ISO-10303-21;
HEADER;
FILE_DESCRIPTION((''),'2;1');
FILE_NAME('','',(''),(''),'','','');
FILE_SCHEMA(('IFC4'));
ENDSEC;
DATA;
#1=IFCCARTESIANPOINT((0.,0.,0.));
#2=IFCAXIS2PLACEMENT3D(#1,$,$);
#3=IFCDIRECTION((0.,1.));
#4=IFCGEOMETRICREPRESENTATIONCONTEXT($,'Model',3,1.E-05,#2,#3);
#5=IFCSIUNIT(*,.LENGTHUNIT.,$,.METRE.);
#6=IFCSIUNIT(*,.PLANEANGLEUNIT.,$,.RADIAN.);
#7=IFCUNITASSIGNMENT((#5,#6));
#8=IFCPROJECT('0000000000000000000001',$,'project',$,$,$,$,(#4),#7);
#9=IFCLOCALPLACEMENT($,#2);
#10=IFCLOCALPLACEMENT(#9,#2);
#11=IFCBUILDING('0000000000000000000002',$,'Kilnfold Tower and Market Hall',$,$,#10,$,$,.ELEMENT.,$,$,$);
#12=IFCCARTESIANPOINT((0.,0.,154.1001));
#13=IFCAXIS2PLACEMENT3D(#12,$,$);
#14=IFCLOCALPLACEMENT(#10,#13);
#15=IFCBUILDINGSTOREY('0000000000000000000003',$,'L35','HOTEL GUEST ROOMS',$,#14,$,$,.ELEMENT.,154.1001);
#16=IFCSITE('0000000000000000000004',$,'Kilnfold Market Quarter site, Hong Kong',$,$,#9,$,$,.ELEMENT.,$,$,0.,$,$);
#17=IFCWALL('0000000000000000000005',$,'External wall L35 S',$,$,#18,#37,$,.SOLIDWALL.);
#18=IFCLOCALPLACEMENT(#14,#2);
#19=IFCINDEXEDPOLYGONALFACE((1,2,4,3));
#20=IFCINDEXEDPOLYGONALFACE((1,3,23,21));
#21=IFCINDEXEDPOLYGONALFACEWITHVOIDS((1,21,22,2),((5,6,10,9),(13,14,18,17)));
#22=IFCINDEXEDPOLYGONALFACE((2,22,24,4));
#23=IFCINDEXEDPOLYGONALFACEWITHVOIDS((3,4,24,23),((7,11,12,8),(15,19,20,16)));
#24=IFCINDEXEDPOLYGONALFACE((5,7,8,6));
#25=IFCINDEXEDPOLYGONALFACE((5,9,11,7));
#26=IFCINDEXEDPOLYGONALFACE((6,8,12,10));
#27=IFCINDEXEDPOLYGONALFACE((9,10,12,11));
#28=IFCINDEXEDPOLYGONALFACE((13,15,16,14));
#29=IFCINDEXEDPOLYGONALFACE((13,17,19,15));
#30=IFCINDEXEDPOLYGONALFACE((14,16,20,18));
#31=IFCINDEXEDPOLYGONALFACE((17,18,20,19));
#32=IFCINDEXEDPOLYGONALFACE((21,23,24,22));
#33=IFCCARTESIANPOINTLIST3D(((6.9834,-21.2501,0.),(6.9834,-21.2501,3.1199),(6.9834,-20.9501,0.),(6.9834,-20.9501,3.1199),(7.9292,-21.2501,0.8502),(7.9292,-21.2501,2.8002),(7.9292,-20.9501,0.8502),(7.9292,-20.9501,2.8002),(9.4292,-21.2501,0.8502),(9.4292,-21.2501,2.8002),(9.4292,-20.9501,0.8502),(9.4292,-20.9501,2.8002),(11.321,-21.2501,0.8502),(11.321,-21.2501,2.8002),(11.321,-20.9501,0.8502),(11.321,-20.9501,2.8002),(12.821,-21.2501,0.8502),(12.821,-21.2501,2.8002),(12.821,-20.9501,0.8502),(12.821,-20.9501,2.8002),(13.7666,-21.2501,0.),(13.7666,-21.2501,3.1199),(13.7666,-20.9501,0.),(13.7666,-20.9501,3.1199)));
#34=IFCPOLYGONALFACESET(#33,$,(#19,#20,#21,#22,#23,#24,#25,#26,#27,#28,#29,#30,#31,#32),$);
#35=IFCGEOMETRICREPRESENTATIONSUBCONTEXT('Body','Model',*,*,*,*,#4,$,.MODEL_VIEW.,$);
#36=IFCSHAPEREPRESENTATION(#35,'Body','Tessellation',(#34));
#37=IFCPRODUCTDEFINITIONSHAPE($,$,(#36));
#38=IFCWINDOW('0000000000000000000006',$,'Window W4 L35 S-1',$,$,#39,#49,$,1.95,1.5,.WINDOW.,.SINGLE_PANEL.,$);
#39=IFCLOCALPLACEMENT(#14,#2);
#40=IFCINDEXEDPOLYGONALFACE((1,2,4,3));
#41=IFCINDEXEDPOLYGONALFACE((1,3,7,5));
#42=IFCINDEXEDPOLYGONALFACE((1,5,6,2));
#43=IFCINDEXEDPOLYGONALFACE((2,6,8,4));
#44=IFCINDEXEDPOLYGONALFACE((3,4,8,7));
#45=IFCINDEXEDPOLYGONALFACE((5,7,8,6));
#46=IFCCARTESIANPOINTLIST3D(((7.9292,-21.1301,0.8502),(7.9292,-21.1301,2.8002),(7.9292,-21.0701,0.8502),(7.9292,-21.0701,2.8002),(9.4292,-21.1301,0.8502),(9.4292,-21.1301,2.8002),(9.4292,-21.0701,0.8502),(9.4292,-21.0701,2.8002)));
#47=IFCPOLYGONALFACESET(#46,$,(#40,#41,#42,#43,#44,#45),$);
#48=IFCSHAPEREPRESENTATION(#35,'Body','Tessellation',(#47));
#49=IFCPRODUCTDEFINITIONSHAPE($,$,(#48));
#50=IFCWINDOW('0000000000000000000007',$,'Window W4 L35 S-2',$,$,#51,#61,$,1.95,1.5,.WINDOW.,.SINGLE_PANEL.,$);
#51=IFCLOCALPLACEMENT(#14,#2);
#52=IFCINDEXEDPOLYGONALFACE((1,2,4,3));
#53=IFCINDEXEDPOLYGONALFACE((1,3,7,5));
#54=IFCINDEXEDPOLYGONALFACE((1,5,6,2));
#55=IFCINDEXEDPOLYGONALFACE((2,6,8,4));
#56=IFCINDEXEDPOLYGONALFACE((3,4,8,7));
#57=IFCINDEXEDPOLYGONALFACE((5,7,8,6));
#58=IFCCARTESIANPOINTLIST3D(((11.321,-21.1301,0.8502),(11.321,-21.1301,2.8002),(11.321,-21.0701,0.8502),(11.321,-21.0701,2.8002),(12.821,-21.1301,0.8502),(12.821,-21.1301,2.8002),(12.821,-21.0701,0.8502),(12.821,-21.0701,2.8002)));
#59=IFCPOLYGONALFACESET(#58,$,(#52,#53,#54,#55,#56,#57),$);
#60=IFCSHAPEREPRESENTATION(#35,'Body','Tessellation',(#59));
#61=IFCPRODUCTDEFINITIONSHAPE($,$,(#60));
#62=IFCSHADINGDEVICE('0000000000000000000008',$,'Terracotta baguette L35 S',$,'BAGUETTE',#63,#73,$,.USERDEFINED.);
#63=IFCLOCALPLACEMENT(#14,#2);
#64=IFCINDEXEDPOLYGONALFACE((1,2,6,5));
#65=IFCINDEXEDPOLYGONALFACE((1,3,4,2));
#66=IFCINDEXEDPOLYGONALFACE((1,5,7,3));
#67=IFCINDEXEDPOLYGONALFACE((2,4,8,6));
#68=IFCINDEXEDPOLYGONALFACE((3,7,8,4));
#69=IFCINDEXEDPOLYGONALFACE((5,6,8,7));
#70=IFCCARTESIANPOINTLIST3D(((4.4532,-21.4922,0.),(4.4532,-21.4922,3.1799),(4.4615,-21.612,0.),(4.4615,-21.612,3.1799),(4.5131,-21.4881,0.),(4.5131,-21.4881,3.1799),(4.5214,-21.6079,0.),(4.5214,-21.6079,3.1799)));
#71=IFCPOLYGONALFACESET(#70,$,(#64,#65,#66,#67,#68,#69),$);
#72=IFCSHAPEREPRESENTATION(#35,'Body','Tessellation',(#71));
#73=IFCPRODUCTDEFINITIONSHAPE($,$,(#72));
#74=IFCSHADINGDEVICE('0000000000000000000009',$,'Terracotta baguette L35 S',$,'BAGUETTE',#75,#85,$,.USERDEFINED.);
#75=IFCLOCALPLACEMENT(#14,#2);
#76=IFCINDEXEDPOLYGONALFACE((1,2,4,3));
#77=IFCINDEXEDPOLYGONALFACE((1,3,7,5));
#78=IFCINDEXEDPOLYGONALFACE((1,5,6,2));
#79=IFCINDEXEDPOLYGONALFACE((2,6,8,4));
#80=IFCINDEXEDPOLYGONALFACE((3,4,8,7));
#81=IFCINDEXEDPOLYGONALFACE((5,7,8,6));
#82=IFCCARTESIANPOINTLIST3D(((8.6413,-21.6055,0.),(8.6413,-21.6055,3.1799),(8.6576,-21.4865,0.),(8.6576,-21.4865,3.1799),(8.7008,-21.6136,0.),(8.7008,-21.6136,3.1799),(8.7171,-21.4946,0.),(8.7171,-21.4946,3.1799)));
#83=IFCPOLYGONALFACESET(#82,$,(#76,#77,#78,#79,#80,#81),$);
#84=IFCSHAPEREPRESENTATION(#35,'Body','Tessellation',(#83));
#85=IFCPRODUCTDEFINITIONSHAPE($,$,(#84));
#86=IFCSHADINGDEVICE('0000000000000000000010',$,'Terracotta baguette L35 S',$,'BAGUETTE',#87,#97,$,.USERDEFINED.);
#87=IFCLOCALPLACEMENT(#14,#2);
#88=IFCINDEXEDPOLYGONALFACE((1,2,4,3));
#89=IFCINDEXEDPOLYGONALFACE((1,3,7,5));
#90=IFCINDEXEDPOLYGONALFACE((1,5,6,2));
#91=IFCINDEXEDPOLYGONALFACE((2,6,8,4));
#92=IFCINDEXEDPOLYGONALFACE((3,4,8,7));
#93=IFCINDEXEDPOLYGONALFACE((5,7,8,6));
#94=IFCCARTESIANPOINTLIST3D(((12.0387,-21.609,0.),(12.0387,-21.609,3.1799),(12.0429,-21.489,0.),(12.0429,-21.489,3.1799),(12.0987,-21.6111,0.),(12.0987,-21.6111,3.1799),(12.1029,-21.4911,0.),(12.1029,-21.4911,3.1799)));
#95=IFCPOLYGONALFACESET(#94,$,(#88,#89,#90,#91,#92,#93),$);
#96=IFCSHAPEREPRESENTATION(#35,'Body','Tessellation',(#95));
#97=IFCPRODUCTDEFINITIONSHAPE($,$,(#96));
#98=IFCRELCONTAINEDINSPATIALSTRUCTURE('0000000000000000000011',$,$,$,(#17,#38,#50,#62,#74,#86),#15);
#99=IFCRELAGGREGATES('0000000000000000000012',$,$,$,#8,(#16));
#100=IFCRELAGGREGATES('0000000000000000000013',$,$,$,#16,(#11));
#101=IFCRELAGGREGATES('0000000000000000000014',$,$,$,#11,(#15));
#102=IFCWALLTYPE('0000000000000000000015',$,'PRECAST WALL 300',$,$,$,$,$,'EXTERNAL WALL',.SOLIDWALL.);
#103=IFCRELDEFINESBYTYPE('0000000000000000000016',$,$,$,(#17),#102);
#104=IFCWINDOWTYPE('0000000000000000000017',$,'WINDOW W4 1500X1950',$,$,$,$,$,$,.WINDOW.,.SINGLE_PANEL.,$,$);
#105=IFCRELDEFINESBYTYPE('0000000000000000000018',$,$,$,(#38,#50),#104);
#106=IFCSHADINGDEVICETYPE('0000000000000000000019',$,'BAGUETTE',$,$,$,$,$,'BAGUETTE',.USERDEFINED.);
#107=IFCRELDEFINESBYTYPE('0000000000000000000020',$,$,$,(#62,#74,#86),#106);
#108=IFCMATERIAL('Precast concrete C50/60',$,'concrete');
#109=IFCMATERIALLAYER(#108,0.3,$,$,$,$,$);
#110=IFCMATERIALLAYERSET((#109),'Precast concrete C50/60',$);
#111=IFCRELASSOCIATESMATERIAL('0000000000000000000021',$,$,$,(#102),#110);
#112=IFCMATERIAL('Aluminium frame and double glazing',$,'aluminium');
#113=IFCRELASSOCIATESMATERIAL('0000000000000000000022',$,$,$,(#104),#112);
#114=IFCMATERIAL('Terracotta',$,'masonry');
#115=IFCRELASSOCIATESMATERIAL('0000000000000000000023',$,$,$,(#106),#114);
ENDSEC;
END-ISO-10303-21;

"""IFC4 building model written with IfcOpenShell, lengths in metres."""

from ifc_helpers import new_model, si_unit, direction, frame, frame_2d, origin, origin_2d, place, context, subcontext, project, spatial, rectangle, extrude, source, transform, mapped, material, layer, layer_set, material_profile, profile_set, type_object, element, fill, save


model = new_model("IFC4")

# Units and contexts
model_context = context("Model", 3, precision=1e-05, world=origin(), true_north=direction((0.0, 1.0)))
body_context = subcontext(model_context, "Body", "Model", "MODEL_VIEW")
ifc_project = project(units=[si_unit("LENGTHUNIT", "METRE"), si_unit("PLANEANGLEUNIT", "RADIAN")], contexts=[model_context])

# Site, building, storey
site_placement = place(None, origin())
site = spatial("IfcSite", under=ifc_project, at=site_placement, Name="Kilnfold Market Quarter site, Hong Kong", CompositionType="ELEMENT", RefElevation=0.0)
building_placement = place(site_placement, origin())
building = spatial("IfcBuilding", under=site, at=building_placement, Name="Kilnfold Tower and Market Hall", CompositionType="ELEMENT")
storey_placement = place(building_placement, frame((0.0, 0.0, 154.1001)))
storey = spatial("IfcBuildingStorey", under=building, at=storey_placement, Name="L35", Description="HOTEL GUEST ROOMS", CompositionType="ELEMENT", Elevation=154.1001)

# Wall, openings, windows
ifc_material_1 = material(Name="Precast concrete C50/60", Category="concrete")
ifc_layer_1 = layer(ifc_material_1, 0.3)
ifc_layer_set_1 = layer_set([ifc_layer_1], Name="Precast concrete C50/60")
wall_type_1 = type_object("IfcWallType", Name="PRECAST WALL 300", ElementType="EXTERNAL WALL", PredefinedType="SOLIDWALL", material=ifc_layer_set_1)
ifc_material_2 = material(Name="Aluminium frame and double glazing", Category="aluminium")
window_type = type_object("IfcWindowType", Name="WINDOW W4 1500X1950", PartitioningType="SINGLE_PANEL", PredefinedType="WINDOW", material=ifc_material_2)
shared_shape_1 = source(origin(), body_context, "Body", "SweptSolid", [
    extrude(rectangle(XDim=6.7832, YDim=0.3, at=frame_2d((3.3916, 0.0))), origin(), (0.0, 0.0, 1.0), 3.1199),
])
wall_1_placement = place(storey_placement, frame((6.9834, -21.1001, 0.0), z_axis=(0.0, 0.0, 1.0), x_axis=(1.0, 0.0, 0.0)))
wall_1 = element("IfcWall", 1, at=wall_1_placement, inside=storey, type_object=wall_type_1, Name="External wall L35 S", PredefinedType="SOLIDWALL", context=body_context, shape_type="MappedRepresentation", body=[
    mapped(shared_shape_1, transform((0.0, 0.0, 0.0))),
])
opening_1_placement = place(wall_1_placement, frame((0.9458, 0.0, 0.8501)))
opening_1 = element("IfcOpeningElement", 2, at=opening_1_placement, cuts=wall_1, PredefinedType="OPENING", context=body_context, shape_type="SweptSolid", body=[
    extrude(rectangle(XDim=1.5, YDim=1.95, at=frame_2d((0.75, 0.9751))), frame((0.0, 0.1602, 0.0), z_axis=(0.0, -1.0, 0.0), x_axis=(1.0, 0.0, 0.0)), (0.0, 0.0, 1.0), 0.3201),
])
opening_2_placement = place(wall_1_placement, frame((4.3376, 0.0, 0.8501)))
opening_2 = element("IfcOpeningElement", 3, at=opening_2_placement, cuts=wall_1, PredefinedType="OPENING", context=body_context, shape_type="SweptSolid", body=[
    extrude(rectangle(XDim=1.5, YDim=1.95, at=frame_2d((0.75, 0.9751))), frame((0.0, 0.1602, 0.0), z_axis=(0.0, -1.0, 0.0), x_axis=(1.0, 0.0, 0.0)), (0.0, 0.0, 1.0), 0.3201),
])
window_1_placement = place(opening_1_placement, origin())
window_1 = element("IfcWindow", 4, at=window_1_placement, inside=storey, type_object=window_type, Name="Window W4 L35 S-1", OverallHeight=1.95, OverallWidth=1.5, PartitioningType="SINGLE_PANEL", PredefinedType="WINDOW", context=body_context, shape_type="SweptSolid", body=[
    extrude(rectangle(XDim=1.5, YDim=1.95, at=frame_2d((0.75, 0.9751))), frame((0.0, 0.03, 0.0), z_axis=(0.0, -1.0, 0.0), x_axis=(1.0, 0.0, 0.0)), (0.0, 0.0, 1.0), 0.0601),
])
fill(opening_1, window_1)
window_2_placement = place(opening_2_placement, origin())
window_2 = element("IfcWindow", 5, at=window_2_placement, inside=storey, type_object=window_type, Name="Window W4 L35 S-2", OverallHeight=1.95, OverallWidth=1.5, PartitioningType="SINGLE_PANEL", PredefinedType="WINDOW", context=body_context, shape_type="SweptSolid", body=[
    extrude(rectangle(XDim=1.5, YDim=1.95, at=frame_2d((0.75, 0.9751))), frame((0.0, 0.03, 0.0), z_axis=(0.0, -1.0, 0.0), x_axis=(1.0, 0.0, 0.0)), (0.0, 0.0, 1.0), 0.0601),
])
fill(opening_2, window_2)

# Shading devices
ifc_material_3 = material(Name="Terracotta", Category="masonry")
ifc_material_profile_1 = material_profile(ifc_material_3, rectangle(XDim=0.0601, YDim=0.1201, at=origin_2d()), Name="BAG 60x120")
ifc_profile_set_1 = profile_set([ifc_material_profile_1], Name="Terracotta")
shading_device_type = type_object("IfcShadingDeviceType", Name="BAGUETTE", ElementType="BAGUETTE", PredefinedType="USERDEFINED", material=ifc_profile_set_1)
shared_shape_2 = source(origin(), body_context, "Body", "SweptSolid", [
    extrude(rectangle(XDim=0.0601, YDim=0.1201, at=origin_2d()), origin(), (0.0, 0.0, 1.0), 3.1799),
])
for number, where, z_axis, x_axis, name in (
    (6, (4.4873, -21.55, 0.0), (0.0, 0.0, 1.0), (0.997632, 0.068773, 0.0), "Terracotta baguette L35 S"),
    (7, (8.6792, -21.55, 0.0), (0.0, 0.0, 1.0), (0.990671, -0.136276, 0.0), "Terracotta baguette L35 S"),
    (8, (12.0708, -21.55, 0.0), (0.0, 0.0, 1.0), (0.999386, -0.035029, 0.0), "Terracotta baguette L35 S"),
):
    element("IfcShadingDevice", number, at=place(storey_placement, frame(where, z_axis=z_axis, x_axis=x_axis)), inside=storey, type_object=shading_device_type, Name=name, ObjectType="BAGUETTE", PredefinedType="USERDEFINED", context=body_context, shape_type="MappedRepresentation", body=[
        mapped(shared_shape_2, transform((0.0, 0.0, 0.0))),
    ])

save(model, "model.ifc")
